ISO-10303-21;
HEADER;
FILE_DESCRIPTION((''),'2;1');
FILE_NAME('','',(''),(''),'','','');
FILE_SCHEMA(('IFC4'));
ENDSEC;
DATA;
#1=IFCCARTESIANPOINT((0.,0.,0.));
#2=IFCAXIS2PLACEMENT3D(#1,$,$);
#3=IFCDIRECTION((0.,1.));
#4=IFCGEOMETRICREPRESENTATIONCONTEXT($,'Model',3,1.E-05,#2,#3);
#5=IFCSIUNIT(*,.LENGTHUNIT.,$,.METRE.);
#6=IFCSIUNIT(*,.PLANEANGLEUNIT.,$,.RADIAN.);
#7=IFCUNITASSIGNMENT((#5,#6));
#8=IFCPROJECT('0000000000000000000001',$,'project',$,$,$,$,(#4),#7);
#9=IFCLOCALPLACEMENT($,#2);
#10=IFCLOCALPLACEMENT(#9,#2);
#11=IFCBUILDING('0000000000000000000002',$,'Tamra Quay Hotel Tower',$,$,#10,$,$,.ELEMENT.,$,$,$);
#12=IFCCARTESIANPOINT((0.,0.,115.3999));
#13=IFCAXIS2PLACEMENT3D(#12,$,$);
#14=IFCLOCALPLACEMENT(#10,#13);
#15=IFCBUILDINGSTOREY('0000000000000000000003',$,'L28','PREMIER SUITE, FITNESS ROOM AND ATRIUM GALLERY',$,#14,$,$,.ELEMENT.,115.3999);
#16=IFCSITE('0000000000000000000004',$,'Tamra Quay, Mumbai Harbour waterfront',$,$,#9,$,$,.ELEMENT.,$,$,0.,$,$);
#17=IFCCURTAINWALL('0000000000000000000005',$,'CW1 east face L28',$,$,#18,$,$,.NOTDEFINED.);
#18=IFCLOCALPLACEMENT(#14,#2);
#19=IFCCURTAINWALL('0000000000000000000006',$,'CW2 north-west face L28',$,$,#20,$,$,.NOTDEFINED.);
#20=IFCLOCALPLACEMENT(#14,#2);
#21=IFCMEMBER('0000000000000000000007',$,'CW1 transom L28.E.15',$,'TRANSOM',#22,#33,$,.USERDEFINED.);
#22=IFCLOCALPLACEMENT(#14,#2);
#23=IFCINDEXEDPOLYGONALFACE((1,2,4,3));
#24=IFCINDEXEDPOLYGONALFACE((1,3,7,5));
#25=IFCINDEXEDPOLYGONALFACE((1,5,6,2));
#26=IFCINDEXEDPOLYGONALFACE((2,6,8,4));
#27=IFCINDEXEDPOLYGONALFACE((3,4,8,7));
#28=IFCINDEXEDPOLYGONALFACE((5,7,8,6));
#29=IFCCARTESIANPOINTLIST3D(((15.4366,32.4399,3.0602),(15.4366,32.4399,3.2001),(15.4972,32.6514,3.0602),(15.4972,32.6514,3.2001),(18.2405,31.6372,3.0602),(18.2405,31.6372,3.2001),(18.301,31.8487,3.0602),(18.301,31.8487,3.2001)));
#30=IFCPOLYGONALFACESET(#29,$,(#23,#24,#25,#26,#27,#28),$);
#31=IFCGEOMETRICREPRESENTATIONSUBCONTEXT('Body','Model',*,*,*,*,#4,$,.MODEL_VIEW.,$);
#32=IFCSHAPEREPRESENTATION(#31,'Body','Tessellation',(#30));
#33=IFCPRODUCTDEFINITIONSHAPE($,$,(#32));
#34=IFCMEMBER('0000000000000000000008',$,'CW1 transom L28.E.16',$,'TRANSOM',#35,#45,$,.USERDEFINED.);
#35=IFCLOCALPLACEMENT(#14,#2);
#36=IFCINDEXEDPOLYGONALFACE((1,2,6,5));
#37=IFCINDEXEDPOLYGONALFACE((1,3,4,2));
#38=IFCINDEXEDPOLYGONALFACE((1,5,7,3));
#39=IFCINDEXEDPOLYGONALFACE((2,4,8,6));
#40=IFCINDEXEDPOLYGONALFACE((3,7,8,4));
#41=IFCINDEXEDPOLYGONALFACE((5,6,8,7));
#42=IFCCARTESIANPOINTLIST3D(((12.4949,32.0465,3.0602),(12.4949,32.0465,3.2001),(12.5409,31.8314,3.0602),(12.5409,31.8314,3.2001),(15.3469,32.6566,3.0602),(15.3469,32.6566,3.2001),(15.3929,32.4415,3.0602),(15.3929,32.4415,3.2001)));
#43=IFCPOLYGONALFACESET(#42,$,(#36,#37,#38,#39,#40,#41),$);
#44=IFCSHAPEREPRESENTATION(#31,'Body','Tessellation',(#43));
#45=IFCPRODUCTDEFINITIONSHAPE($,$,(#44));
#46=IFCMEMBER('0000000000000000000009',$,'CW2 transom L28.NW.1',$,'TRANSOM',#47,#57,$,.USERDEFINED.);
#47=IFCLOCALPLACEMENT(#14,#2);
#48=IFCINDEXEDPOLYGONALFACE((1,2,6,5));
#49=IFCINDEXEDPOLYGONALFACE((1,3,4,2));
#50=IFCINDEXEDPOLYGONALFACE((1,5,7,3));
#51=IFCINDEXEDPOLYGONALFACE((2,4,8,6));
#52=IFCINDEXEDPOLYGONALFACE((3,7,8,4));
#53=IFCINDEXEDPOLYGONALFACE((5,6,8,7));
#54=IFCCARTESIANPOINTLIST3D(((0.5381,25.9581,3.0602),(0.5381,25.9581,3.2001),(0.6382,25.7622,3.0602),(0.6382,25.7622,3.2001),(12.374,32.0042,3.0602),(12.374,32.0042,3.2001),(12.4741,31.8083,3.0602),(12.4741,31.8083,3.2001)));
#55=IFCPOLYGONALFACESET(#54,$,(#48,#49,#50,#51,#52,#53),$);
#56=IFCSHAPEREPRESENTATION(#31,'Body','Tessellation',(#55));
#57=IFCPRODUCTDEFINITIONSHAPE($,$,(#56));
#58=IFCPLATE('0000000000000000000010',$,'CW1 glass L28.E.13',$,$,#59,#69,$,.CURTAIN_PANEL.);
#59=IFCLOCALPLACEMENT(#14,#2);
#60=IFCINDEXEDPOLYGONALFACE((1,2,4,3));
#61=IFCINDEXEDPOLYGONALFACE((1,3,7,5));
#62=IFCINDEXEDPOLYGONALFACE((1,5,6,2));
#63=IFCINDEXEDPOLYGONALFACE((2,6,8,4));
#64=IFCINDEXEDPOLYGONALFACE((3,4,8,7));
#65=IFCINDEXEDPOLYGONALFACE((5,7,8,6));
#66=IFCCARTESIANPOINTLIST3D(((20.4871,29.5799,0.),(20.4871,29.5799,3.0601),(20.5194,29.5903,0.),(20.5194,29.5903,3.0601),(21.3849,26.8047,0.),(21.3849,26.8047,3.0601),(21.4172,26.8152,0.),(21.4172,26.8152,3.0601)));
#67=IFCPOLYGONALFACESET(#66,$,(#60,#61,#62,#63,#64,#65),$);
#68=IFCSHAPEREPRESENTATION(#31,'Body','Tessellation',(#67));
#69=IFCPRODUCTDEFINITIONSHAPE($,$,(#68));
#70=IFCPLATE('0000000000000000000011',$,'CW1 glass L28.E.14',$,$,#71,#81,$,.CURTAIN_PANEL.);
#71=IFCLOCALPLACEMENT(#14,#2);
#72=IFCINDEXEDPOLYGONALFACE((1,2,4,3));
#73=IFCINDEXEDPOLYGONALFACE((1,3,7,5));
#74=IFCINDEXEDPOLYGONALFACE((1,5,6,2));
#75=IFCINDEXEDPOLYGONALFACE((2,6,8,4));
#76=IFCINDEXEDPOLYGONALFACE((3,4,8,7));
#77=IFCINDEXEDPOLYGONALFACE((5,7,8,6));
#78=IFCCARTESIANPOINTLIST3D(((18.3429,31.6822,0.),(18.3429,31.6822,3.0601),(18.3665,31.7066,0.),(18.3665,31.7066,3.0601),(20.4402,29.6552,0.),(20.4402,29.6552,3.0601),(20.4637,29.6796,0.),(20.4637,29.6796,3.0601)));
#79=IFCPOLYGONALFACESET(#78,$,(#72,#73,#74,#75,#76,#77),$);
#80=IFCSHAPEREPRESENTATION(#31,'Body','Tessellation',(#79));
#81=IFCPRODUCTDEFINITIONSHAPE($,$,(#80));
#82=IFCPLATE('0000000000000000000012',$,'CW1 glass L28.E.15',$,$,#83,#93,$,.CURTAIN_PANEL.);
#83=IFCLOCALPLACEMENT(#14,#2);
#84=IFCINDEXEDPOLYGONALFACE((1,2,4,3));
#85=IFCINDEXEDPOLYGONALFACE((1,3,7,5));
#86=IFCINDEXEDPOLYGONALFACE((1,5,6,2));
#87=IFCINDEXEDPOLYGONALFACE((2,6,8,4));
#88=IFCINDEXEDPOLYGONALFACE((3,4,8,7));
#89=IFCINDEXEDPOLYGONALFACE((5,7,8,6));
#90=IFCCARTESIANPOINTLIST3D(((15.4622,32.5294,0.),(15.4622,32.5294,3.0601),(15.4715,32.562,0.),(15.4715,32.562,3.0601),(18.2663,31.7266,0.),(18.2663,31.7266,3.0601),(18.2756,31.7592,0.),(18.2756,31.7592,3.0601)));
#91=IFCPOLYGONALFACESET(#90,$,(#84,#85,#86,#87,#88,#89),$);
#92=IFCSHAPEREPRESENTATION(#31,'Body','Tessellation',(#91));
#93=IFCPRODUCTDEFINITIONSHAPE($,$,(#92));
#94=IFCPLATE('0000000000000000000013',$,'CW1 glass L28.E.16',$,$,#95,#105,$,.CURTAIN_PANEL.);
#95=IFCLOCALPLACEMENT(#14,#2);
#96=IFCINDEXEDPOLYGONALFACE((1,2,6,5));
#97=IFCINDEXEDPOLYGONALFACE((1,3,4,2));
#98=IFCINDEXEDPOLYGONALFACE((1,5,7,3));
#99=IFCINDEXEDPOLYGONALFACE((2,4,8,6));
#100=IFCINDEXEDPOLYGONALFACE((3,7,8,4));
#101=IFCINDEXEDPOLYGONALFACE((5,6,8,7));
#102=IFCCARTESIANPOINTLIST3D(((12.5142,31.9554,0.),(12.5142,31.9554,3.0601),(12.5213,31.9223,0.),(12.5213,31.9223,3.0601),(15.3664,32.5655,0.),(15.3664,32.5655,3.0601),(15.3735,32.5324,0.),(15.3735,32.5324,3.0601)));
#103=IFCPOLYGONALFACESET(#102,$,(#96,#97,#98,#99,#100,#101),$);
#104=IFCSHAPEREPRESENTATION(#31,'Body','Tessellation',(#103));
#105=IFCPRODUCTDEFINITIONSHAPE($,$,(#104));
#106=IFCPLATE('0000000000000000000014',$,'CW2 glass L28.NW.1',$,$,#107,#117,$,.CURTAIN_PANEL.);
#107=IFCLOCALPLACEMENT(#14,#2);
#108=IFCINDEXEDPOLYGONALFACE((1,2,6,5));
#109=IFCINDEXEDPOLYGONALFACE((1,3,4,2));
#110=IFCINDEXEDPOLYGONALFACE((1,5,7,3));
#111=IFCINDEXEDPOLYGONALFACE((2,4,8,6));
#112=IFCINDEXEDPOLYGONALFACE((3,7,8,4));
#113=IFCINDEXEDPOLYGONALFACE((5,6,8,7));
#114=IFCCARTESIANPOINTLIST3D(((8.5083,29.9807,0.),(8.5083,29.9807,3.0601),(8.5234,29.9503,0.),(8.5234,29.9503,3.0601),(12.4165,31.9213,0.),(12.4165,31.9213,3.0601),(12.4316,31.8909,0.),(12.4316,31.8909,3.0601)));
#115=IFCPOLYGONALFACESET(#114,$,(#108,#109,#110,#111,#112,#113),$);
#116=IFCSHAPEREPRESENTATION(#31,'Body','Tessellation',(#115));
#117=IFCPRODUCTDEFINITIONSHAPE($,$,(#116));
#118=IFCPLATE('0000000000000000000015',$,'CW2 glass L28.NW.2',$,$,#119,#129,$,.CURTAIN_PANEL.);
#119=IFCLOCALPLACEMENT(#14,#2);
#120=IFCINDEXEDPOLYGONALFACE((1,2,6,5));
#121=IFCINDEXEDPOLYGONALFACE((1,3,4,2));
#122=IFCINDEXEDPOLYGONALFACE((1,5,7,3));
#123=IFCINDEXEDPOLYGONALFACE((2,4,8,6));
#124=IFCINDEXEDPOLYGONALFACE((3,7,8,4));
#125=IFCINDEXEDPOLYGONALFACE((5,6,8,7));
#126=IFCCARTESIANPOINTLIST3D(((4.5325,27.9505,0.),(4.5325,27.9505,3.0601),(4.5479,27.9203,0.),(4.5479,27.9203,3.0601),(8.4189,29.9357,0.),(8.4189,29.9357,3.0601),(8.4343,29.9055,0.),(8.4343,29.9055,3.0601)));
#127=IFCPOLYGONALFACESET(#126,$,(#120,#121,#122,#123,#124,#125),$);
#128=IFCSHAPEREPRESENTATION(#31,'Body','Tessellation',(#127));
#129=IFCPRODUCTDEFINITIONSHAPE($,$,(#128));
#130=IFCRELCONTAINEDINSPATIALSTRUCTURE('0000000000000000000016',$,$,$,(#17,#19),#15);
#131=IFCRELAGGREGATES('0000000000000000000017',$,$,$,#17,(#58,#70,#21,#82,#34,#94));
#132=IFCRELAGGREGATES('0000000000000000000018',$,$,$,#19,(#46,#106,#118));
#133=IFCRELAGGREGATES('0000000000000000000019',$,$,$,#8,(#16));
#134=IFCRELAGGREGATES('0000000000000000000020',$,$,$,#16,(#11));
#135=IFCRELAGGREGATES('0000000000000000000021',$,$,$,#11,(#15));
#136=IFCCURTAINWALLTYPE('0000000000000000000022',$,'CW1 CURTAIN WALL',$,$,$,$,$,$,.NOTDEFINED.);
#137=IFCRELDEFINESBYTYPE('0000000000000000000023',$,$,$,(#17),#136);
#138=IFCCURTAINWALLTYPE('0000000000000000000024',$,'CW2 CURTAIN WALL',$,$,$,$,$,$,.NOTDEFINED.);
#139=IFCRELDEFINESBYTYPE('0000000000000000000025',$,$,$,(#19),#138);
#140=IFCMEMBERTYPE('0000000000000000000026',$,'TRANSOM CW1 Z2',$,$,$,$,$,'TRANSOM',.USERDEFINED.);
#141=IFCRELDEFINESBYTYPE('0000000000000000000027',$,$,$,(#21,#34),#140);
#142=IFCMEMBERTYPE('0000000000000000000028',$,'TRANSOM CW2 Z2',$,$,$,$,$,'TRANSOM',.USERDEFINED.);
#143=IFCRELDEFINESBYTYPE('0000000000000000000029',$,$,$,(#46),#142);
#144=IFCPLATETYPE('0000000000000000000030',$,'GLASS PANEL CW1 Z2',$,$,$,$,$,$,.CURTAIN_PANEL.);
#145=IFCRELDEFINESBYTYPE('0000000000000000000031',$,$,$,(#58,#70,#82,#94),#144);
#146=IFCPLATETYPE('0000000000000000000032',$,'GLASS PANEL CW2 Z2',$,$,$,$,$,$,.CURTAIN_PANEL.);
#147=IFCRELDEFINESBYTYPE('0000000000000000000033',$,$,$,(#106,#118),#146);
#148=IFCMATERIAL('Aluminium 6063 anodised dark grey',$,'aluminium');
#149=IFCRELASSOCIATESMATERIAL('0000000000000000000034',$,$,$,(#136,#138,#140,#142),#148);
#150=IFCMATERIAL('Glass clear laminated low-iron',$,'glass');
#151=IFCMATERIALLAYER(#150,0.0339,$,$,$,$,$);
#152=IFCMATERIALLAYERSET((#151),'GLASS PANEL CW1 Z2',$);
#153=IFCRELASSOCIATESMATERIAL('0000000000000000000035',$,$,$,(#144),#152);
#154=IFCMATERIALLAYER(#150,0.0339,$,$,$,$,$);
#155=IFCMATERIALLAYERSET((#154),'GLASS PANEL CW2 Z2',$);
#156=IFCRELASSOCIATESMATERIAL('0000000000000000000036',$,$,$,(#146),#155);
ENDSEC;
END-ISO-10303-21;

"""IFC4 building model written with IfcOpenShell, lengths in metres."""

from ifc_helpers import new_model, si_unit, direction, frame, origin, origin_2d, place, context, subcontext, project, spatial, rectangle, extrude, material, layer, layer_set, material_profile, profile_set, type_object, element, aggregate, save


model = new_model("IFC4")

# Units and contexts
model_context = context("Model", 3, precision=1e-05, world=origin(), true_north=direction((0.0, 1.0)))
body_context = subcontext(model_context, "Body", "Model", "MODEL_VIEW")
ifc_project = project(units=[si_unit("LENGTHUNIT", "METRE"), si_unit("PLANEANGLEUNIT", "RADIAN")], contexts=[model_context])

# Site, building, storey
site_placement = place(None, origin())
site = spatial("IfcSite", under=ifc_project, at=site_placement, Name="Tamra Quay, Mumbai Harbour waterfront", CompositionType="ELEMENT", RefElevation=0.0)
building_placement = place(site_placement, origin())
building = spatial("IfcBuilding", under=site, at=building_placement, Name="Tamra Quay Hotel Tower", CompositionType="ELEMENT")
storey_placement = place(building_placement, frame((0.0, 0.0, 115.3999)))
storey = spatial("IfcBuildingStorey", under=building, at=storey_placement, Name="L28", Description="PREMIER SUITE, FITNESS ROOM AND ATRIUM GALLERY", CompositionType="ELEMENT", Elevation=115.3999)

# Curtain wall
ifc_material_1 = material(Name="Aluminium 6063 anodised dark grey", Category="aluminium")
curtain_wall_type_1 = type_object("IfcCurtainWallType", Name="CW1 CURTAIN WALL", PredefinedType="NOTDEFINED", material=ifc_material_1)
curtain_wall_1_placement = place(storey_placement, origin())
curtain_wall_1 = element("IfcCurtainWall", 1, at=curtain_wall_1_placement, inside=storey, type_object=curtain_wall_type_1, Name="CW1 east face L28", PredefinedType="NOTDEFINED")

# Curtain wall
curtain_wall_type_2 = type_object("IfcCurtainWallType", Name="CW2 CURTAIN WALL", PredefinedType="NOTDEFINED", material=ifc_material_1)
curtain_wall_2_placement = place(storey_placement, origin())
curtain_wall_2 = element("IfcCurtainWall", 2, at=curtain_wall_2_placement, inside=storey, type_object=curtain_wall_type_2, Name="CW2 north-west face L28", PredefinedType="NOTDEFINED")

# Members
ifc_material_profile_1 = material_profile(ifc_material_1, rectangle(XDim=0.22, YDim=0.1399, at=origin_2d()), Name="TRANSOM 220X140")
ifc_profile_set_1 = profile_set([ifc_material_profile_1], Name="Aluminium 6063 anodised dark grey")
member_type_1 = type_object("IfcMemberType", Name="TRANSOM CW1 Z2", ElementType="TRANSOM", PredefinedType="USERDEFINED", material=ifc_profile_set_1)
member_1_placement = place(storey_placement, frame((18.2708, 31.7429, 3.1301), z_axis=(-0.961379, 0.27523, 0.0), x_axis=(-0.27523, -0.961379, 0.0)))
member_1 = element("IfcMember", 3, at=member_1_placement, type_object=member_type_1, Name="CW1 transom L28.E.15", ObjectType="TRANSOM", PredefinedType="USERDEFINED", context=body_context, shape_type="SweptSolid", body=[
    extrude(rectangle(XDim=0.22, YDim=0.1399, at=origin_2d()), origin(), (0.0, 0.0, 1.0), 2.9165),
])
member_2_placement = place(storey_placement, frame((15.3699, 32.5491, 3.1301), z_axis=(-0.977876, -0.209186, 0.0), x_axis=(0.209186, -0.977876, 0.0)))
member_2 = element("IfcMember", 4, at=member_2_placement, type_object=member_type_1, Name="CW1 transom L28.E.16", ObjectType="TRANSOM", PredefinedType="USERDEFINED", context=body_context, shape_type="SweptSolid", body=[
    extrude(rectangle(XDim=0.22, YDim=0.1399, at=origin_2d()), origin(), (0.0, 0.0, 1.0), 2.9165),
])
ifc_material_profile_2 = material_profile(ifc_material_1, rectangle(XDim=0.22, YDim=0.1399, at=origin_2d()), Name="TRANSOM 220X140")
ifc_profile_set_2 = profile_set([ifc_material_profile_2], Name="Aluminium 6063 anodised dark grey")
member_type_2 = type_object("IfcMemberType", Name="TRANSOM CW2 Z2", ElementType="TRANSOM", PredefinedType="USERDEFINED", material=ifc_profile_set_2)
member_3_placement = place(storey_placement, frame((12.4241, 31.9062, 3.1301), z_axis=(-0.890536, -0.454912, 0.0), x_axis=(0.454912, -0.890536, 0.0)))
member_3 = element("IfcMember", 5, at=member_3_placement, type_object=member_type_2, Name="CW2 transom L28.NW.1", ObjectType="TRANSOM", PredefinedType="USERDEFINED", context=body_context, shape_type="SweptSolid", body=[
    extrude(rectangle(XDim=0.22, YDim=0.1399, at=origin_2d()), origin(), (0.0, 0.0, 1.0), 13.2908),
])

# Plates
ifc_material_2 = material(Name="Glass clear laminated low-iron", Category="glass")
ifc_layer_1 = layer(ifc_material_2, 0.0339)
ifc_layer_set_1 = layer_set([ifc_layer_1], Name="GLASS PANEL CW1 Z2")
plate_type_1 = type_object("IfcPlateType", Name="GLASS PANEL CW1 Z2", PredefinedType="CURTAIN_PANEL", material=ifc_layer_set_1)
plate_1_placement = place(storey_placement, frame((20.9521, 28.1975, 0.0), z_axis=(0.0, 0.0, 1.0), x_axis=(-0.307791, 0.951454, 0.0)))
plate_1 = element("IfcPlate", 6, at=plate_1_placement, type_object=plate_type_1, Name="CW1 glass L28.E.13", PredefinedType="CURTAIN_PANEL", context=body_context, shape_type="SweptSolid", body=[
    extrude(rectangle(XDim=2.9167, YDim=0.0339, at=origin_2d()), origin(), (0.0, 0.0, 1.0), 3.0601),
])
plate_2_placement = place(storey_placement, frame((19.4033, 30.6809, 0.0), z_axis=(0.0, 0.0, 1.0), x_axis=(-0.719041, 0.694967, 0.0)))
plate_2 = element("IfcPlate", 7, at=plate_2_placement, type_object=plate_type_1, Name="CW1 glass L28.E.14", PredefinedType="CURTAIN_PANEL", context=body_context, shape_type="SweptSolid", body=[
    extrude(rectangle(XDim=2.9167, YDim=0.0339, at=origin_2d()), origin(), (0.0, 0.0, 1.0), 3.0601),
])
plate_3_placement = place(storey_placement, frame((16.8689, 32.1443, 0.0), z_axis=(0.0, 0.0, 1.0), x_axis=(-0.96138, 0.275224, 0.0)))
plate_3 = element("IfcPlate", 8, at=plate_3_placement, type_object=plate_type_1, Name="CW1 glass L28.E.15", PredefinedType="CURTAIN_PANEL", context=body_context, shape_type="SweptSolid", body=[
    extrude(rectangle(XDim=2.9167, YDim=0.0339, at=origin_2d()), origin(), (0.0, 0.0, 1.0), 3.0601),
])
plate_4_placement = place(storey_placement, frame((13.9438, 32.2439, 0.0), z_axis=(0.0, 0.0, 1.0), x_axis=(-0.977879, -0.209172, 0.0)))
plate_4 = element("IfcPlate", 9, at=plate_4_placement, type_object=plate_type_1, Name="CW1 glass L28.E.16", PredefinedType="CURTAIN_PANEL", context=body_context, shape_type="SweptSolid", body=[
    extrude(rectangle(XDim=2.9167, YDim=0.0339, at=origin_2d()), origin(), (0.0, 0.0, 1.0), 3.0601),
])
aggregate(curtain_wall_1, [plate_1, plate_2, member_1, plate_3, member_2, plate_4])
ifc_layer_2 = layer(ifc_material_2, 0.0339)
ifc_layer_set_2 = layer_set([ifc_layer_2], Name="GLASS PANEL CW2 Z2")
plate_type_2 = type_object("IfcPlateType", Name="GLASS PANEL CW2 Z2", PredefinedType="CURTAIN_PANEL", material=ifc_layer_set_2)
plate_5_placement = place(storey_placement, frame((10.47, 30.9358, 0.0), z_axis=(0.0, 0.0, 1.0), x_axis=(-0.895658, -0.444743, 0.0)))
plate_5 = element("IfcPlate", 10, at=plate_5_placement, type_object=plate_type_2, Name="CW2 glass L28.NW.1", PredefinedType="CURTAIN_PANEL", context=body_context, shape_type="SweptSolid", body=[
    extrude(rectangle(XDim=4.3635, YDim=0.0339, at=origin_2d()), origin(), (0.0, 0.0, 1.0), 3.0601),
])
plate_6_placement = place(storey_placement, frame((6.4834, 28.928, 0.0), z_axis=(0.0, 0.0, 1.0), x_axis=(-0.890544, -0.454896, 0.0)))
plate_6 = element("IfcPlate", 11, at=plate_6_placement, type_object=plate_type_2, Name="CW2 glass L28.NW.2", PredefinedType="CURTAIN_PANEL", context=body_context, shape_type="SweptSolid", body=[
    extrude(rectangle(XDim=4.364, YDim=0.0339, at=origin_2d()), origin(), (0.0, 0.0, 1.0), 3.0601),
])
aggregate(curtain_wall_2, [member_3, plate_5, plate_6])

save(model, "model.ifc")
